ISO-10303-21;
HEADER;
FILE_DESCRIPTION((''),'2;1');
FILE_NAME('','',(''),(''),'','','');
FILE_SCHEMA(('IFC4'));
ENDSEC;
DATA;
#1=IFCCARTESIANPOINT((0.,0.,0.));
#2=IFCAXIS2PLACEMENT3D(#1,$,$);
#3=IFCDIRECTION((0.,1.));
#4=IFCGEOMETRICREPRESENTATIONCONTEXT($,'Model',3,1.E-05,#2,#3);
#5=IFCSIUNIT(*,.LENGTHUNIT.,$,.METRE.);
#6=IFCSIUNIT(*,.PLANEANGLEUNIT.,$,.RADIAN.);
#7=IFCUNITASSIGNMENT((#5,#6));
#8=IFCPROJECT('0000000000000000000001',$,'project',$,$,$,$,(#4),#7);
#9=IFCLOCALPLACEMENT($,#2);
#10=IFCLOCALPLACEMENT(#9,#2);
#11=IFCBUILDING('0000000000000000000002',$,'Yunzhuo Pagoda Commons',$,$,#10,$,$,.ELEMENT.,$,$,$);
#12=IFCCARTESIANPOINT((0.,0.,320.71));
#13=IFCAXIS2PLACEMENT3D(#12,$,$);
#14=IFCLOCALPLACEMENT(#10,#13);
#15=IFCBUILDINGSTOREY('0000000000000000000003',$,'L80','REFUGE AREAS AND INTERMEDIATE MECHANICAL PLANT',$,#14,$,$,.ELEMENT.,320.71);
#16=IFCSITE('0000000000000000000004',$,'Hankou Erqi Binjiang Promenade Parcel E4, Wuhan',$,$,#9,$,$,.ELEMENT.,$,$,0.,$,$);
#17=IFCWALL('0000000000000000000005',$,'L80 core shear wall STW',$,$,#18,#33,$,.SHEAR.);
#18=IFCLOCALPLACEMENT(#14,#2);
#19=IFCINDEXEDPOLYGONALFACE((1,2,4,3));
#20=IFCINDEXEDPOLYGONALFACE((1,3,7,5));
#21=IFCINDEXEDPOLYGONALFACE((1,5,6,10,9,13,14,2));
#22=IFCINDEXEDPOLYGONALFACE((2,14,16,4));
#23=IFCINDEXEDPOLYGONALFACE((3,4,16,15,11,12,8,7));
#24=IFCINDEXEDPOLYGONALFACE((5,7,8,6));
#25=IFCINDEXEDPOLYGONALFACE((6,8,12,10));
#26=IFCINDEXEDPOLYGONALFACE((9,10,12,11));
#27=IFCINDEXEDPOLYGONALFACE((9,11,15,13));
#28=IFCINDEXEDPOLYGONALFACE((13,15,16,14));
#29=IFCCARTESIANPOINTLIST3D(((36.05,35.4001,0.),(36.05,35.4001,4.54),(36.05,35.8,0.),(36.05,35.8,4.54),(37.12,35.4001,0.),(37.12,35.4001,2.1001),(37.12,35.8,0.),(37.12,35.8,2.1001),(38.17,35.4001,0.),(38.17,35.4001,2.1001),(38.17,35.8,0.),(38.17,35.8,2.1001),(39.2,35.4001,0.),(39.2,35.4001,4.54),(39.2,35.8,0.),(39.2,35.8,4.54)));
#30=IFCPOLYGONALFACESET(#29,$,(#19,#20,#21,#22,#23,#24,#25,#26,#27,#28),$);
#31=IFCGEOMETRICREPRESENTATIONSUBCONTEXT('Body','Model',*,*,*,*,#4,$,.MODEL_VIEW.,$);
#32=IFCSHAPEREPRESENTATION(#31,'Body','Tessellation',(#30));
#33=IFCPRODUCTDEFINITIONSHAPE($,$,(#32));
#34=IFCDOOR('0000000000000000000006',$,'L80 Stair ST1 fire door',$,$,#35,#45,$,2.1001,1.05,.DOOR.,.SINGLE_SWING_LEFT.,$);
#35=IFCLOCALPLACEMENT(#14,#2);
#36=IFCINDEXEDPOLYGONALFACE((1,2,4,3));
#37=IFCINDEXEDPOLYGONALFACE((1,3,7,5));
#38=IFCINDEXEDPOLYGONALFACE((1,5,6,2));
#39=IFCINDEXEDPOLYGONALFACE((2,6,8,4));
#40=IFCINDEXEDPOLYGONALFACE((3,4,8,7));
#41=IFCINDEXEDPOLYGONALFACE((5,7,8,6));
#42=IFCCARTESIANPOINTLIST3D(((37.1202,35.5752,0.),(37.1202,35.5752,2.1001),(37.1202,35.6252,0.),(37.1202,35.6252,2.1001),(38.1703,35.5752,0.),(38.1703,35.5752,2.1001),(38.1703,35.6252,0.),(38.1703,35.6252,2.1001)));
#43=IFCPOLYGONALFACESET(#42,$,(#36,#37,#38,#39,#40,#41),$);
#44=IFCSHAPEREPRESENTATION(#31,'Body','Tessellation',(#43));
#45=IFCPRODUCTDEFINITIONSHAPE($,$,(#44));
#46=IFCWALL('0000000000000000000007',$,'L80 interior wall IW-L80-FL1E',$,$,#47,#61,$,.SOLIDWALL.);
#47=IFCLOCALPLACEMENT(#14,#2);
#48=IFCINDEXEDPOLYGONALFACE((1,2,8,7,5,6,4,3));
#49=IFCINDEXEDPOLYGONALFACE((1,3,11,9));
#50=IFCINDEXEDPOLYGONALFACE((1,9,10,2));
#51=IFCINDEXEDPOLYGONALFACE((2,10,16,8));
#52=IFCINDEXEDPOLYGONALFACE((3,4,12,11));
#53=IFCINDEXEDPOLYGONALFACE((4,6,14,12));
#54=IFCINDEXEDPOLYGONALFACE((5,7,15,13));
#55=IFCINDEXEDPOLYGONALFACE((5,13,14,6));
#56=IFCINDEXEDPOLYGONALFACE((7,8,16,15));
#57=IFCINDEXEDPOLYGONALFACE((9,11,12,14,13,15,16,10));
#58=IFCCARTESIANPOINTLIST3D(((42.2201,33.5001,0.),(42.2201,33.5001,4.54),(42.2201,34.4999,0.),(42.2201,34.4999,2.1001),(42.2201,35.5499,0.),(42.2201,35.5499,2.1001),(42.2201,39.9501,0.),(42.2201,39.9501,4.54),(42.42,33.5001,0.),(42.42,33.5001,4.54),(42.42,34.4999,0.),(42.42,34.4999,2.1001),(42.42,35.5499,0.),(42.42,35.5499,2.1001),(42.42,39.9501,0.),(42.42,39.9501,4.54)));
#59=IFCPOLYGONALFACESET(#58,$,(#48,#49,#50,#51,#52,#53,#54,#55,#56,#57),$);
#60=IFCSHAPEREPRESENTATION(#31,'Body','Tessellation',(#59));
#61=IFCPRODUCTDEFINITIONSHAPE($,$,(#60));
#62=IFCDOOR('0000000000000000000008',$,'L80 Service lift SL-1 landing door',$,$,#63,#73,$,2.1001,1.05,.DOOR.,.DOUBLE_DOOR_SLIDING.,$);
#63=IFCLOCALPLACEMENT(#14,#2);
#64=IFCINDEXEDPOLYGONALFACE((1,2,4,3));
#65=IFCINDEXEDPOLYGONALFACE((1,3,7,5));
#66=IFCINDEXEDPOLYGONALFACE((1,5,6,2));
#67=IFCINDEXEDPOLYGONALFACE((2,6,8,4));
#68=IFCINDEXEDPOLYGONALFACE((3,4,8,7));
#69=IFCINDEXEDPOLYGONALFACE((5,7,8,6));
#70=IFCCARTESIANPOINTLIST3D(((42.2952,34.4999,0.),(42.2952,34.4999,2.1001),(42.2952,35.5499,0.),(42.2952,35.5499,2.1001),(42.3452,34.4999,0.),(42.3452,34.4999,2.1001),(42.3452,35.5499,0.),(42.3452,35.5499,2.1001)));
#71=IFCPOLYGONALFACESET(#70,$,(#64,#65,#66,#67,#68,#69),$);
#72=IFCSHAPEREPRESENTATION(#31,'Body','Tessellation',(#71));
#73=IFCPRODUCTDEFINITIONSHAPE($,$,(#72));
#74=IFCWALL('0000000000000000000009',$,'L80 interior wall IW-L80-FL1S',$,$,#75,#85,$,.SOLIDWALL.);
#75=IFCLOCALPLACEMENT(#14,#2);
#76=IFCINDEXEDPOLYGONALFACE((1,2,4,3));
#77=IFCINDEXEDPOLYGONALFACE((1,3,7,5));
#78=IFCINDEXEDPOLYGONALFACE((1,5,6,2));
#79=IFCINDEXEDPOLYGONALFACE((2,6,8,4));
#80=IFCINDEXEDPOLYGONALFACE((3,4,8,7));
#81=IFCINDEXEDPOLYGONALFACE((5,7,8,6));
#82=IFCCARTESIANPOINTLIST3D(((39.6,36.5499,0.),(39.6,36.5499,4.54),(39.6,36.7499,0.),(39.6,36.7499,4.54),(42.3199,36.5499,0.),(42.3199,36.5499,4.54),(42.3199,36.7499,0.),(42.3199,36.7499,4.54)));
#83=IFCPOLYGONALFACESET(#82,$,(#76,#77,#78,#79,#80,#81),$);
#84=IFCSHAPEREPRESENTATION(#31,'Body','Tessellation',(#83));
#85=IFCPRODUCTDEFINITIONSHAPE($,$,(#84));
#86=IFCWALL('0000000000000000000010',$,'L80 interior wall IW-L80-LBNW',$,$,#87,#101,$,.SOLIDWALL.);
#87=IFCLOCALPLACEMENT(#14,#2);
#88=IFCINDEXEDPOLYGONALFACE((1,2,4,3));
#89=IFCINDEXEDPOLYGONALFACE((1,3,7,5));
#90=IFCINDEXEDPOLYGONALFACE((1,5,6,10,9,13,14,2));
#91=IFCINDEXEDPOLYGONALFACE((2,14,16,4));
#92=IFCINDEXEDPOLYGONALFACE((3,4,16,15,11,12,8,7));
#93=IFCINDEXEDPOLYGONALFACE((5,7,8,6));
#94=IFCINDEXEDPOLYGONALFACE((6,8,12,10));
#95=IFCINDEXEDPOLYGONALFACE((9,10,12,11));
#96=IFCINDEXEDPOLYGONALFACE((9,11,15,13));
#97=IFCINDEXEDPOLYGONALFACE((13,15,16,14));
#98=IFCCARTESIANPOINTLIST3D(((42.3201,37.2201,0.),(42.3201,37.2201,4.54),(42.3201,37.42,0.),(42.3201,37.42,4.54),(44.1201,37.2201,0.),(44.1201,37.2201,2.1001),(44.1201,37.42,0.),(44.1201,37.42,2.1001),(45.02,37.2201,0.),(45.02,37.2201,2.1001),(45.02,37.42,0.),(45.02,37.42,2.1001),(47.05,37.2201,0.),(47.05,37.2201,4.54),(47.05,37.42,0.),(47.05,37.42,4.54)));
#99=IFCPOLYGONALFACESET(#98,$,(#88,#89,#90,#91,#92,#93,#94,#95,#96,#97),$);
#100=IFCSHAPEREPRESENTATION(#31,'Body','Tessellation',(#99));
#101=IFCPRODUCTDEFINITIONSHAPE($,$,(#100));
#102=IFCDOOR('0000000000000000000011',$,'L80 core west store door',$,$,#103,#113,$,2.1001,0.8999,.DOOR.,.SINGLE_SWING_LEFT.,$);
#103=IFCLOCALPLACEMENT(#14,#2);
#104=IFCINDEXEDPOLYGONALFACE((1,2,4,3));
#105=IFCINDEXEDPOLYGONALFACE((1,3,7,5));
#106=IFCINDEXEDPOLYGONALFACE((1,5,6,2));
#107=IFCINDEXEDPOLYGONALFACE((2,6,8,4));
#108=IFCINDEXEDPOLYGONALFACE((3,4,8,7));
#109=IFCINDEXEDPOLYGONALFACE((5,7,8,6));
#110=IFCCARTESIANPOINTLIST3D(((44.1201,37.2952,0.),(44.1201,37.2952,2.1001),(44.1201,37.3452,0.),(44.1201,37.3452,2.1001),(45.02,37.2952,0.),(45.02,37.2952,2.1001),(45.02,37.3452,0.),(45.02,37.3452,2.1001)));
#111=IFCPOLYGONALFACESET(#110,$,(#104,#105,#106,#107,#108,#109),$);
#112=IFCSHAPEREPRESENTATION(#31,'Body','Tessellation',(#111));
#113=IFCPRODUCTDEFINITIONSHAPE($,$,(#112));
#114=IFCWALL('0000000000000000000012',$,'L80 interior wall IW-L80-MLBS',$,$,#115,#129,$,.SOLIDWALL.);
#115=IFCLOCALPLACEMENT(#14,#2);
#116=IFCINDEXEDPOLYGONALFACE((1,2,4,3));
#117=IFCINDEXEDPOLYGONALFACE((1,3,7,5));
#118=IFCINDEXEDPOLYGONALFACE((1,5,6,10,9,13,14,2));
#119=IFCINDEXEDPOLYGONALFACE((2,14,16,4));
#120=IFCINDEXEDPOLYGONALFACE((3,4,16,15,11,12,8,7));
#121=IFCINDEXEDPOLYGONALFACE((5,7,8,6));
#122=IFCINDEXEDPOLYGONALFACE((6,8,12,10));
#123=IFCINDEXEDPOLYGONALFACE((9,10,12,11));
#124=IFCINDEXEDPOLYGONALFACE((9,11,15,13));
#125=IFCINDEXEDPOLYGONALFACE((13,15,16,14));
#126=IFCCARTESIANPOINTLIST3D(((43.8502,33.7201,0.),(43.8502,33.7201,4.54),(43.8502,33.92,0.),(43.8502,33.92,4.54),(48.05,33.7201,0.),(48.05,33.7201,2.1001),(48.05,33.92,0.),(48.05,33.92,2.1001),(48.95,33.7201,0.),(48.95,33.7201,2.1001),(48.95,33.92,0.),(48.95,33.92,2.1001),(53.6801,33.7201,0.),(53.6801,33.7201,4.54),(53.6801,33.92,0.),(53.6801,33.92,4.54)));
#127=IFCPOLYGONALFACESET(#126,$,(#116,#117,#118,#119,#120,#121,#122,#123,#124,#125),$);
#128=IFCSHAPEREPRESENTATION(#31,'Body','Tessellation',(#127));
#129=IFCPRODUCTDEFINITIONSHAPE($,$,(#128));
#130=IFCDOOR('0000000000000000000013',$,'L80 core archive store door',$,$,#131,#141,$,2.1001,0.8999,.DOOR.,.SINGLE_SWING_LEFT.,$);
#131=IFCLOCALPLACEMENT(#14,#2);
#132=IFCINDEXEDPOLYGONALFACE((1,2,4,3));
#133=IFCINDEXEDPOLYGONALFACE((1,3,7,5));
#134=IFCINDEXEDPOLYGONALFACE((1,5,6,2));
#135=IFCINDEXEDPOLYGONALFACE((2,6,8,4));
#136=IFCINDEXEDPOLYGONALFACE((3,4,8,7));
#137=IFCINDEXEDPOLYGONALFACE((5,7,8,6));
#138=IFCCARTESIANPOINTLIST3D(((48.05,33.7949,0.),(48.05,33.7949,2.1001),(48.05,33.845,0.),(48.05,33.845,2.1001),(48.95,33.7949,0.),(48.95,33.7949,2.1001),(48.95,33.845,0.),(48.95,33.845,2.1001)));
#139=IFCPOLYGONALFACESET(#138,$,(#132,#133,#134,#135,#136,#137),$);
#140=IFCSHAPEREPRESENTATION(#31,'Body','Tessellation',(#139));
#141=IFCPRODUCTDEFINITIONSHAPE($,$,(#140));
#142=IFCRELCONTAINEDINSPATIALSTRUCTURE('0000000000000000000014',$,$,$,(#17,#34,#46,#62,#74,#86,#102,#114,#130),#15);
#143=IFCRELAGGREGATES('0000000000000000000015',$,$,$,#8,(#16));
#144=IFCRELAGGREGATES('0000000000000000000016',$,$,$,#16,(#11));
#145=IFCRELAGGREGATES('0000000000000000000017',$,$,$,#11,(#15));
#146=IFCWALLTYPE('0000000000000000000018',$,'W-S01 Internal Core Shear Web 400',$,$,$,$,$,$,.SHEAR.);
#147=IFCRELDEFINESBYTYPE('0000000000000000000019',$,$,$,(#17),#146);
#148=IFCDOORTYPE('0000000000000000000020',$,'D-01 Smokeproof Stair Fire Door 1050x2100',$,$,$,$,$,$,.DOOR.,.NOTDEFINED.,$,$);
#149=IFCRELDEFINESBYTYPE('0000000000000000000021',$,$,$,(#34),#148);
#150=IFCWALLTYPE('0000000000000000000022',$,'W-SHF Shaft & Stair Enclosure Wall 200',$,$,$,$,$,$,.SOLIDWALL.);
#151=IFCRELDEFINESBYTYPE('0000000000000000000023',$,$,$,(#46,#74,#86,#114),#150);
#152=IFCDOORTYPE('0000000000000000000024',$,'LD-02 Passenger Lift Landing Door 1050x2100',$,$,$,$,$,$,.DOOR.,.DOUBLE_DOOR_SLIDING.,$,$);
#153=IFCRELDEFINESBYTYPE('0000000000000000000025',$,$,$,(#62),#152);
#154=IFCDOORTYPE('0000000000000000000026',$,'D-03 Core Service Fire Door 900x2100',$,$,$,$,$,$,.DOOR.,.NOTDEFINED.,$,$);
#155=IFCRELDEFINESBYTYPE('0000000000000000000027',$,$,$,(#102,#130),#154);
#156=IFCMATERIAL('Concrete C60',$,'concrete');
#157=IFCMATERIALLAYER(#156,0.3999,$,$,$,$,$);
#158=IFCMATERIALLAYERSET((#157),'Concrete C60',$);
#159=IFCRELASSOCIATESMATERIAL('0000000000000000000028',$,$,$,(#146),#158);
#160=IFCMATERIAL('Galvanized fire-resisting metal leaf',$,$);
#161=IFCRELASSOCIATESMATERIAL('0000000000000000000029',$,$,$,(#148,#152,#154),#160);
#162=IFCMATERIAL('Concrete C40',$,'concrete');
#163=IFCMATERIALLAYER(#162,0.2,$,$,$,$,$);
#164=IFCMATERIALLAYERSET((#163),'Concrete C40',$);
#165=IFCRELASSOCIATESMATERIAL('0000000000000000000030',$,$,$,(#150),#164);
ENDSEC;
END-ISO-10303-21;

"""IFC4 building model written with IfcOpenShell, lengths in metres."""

from ifc_helpers import new_model, si_unit, direction, frame, frame_2d, origin, origin_with_axes, place, context, subcontext, project, spatial, rectangle, extrude, source, transform, mapped, material, layer, layer_set, type_object, element, fill, save


model = new_model("IFC4")

# Units and contexts
model_context = context("Model", 3, precision=1e-05, world=origin(), true_north=direction((0.0, 1.0)))
body_context = subcontext(model_context, "Body", "Model", "MODEL_VIEW")
ifc_project = project(units=[si_unit("LENGTHUNIT", "METRE"), si_unit("PLANEANGLEUNIT", "RADIAN")], contexts=[model_context])

# Site, building, storey
site_placement = place(None, origin())
site = spatial("IfcSite", under=ifc_project, at=site_placement, Name="Hankou Erqi Binjiang Promenade Parcel E4, Wuhan", CompositionType="ELEMENT", RefElevation=0.0)
building_placement = place(site_placement, origin())
building = spatial("IfcBuilding", under=site, at=building_placement, Name="Yunzhuo Pagoda Commons", CompositionType="ELEMENT")
storey_placement = place(building_placement, frame((0.0, 0.0, 320.71)))
storey = spatial("IfcBuildingStorey", under=building, at=storey_placement, Name="L80", Description="REFUGE AREAS AND INTERMEDIATE MECHANICAL PLANT", CompositionType="ELEMENT", Elevation=320.71)

# Shared definitions
ifc_material_1 = material(Name="Galvanized fire-resisting metal leaf")
shared_shape_1 = source(origin(), body_context, "Body", "SweptSolid", [
    extrude(rectangle(XDim=1.05, YDim=2.1001, at=frame_2d((0.5249, 1.05))), frame((0.0, 0.0249, 0.0), z_axis=(0.0, -1.0, 0.0), x_axis=(1.0, 0.0, 0.0)), (0.0, 0.0, 1.0), 0.05),
])

# Walls, openings, doors
ifc_material_2 = material(Name="Concrete C60", Category="concrete")
ifc_layer_1 = layer(ifc_material_2, 0.3999)
ifc_layer_set_1 = layer_set([ifc_layer_1], Name="Concrete C60")
wall_type_1 = type_object("IfcWallType", Name="W-S01 Internal Core Shear Web 400", PredefinedType="SHEAR", material=ifc_layer_set_1)
wall_1_placement = place(storey_placement, frame((36.05, 35.6001, 0.0), z_axis=(0.0, 0.0, 1.0), x_axis=(1.0, 0.0, 0.0)))
wall_1 = element("IfcWall", 1, at=wall_1_placement, inside=storey, type_object=wall_type_1, Name="L80 core shear wall STW", PredefinedType="SHEAR", context=body_context, shape_type="SweptSolid", body=[
    extrude(rectangle(XDim=3.1499, YDim=0.3999, at=frame_2d((1.575, 0.0))), origin(), (0.0, 0.0, 1.0), 4.54),
])
opening_1_placement = place(wall_1_placement, frame((1.0701, 0.0, 0.0)))
opening_1 = element("IfcOpeningElement", 2, at=opening_1_placement, cuts=wall_1, PredefinedType="OPENING", context=body_context, shape_type="SweptSolid", body=[
    extrude(rectangle(XDim=1.05, YDim=2.1001, at=frame_2d((0.5249, 1.05))), frame((0.0, 0.21, 0.0), z_axis=(0.0, -1.0, 0.0), x_axis=(1.0, 0.0, 0.0)), (0.0, 0.0, 1.0), 0.4199),
])
door_type_1 = type_object("IfcDoorType", Name="D-01 Smokeproof Stair Fire Door 1050x2100", OperationType="NOTDEFINED", PredefinedType="DOOR", material=ifc_material_1)
door_1_placement = place(opening_1_placement, frame((1.05, 0.0, 0.0), z_axis=(0.0, 0.0, 1.0), x_axis=(-1.0, 0.0, 0.0)))
door_1 = element("IfcDoor", 3, at=door_1_placement, inside=storey, type_object=door_type_1, Name="L80 Stair ST1 fire door", OperationType="SINGLE_SWING_LEFT", OverallHeight=2.1001, OverallWidth=1.05, PredefinedType="DOOR", context=body_context, shape_type="MappedRepresentation", body=[
    mapped(shared_shape_1, transform((0.0, 0.0, 0.0), scale=1.0)),
])
fill(opening_1, door_1)
ifc_material_3 = material(Name="Concrete C40", Category="concrete")
ifc_layer_2 = layer(ifc_material_3, 0.2)
ifc_layer_set_2 = layer_set([ifc_layer_2], Name="Concrete C40")
wall_type_2 = type_object("IfcWallType", Name="W-SHF Shaft & Stair Enclosure Wall 200", PredefinedType="SOLIDWALL", material=ifc_layer_set_2)
wall_2_placement = place(storey_placement, frame((42.3201, 33.5, 0.0), z_axis=(0.0, 0.0, 1.0), x_axis=(0.0, 1.0, 0.0)))
wall_2 = element("IfcWall", 4, at=wall_2_placement, inside=storey, type_object=wall_type_2, Name="L80 interior wall IW-L80-FL1E", PredefinedType="SOLIDWALL", context=body_context, shape_type="SweptSolid", body=[
    extrude(rectangle(XDim=6.45, YDim=0.2, at=frame_2d((3.2251, 0.0))), origin(), (0.0, 0.0, 1.0), 4.54),
])
opening_2_placement = place(wall_2_placement, frame((1.0, 0.0, 0.0)))
opening_2 = element("IfcOpeningElement", 5, at=opening_2_placement, cuts=wall_2, PredefinedType="OPENING", context=body_context, shape_type="SweptSolid", body=[
    extrude(rectangle(XDim=1.05, YDim=2.1001, at=frame_2d((0.5249, 1.05))), frame((0.0, 0.1099, 0.0), z_axis=(0.0, -1.0, 0.0), x_axis=(1.0, 0.0, 0.0)), (0.0, 0.0, 1.0), 0.22),
])
door_type_2 = type_object("IfcDoorType", Name="LD-02 Passenger Lift Landing Door 1050x2100", OperationType="DOUBLE_DOOR_SLIDING", PredefinedType="DOOR", material=ifc_material_1)
door_2_placement = place(opening_2_placement, origin_with_axes())
door_2 = element("IfcDoor", 6, at=door_2_placement, inside=storey, type_object=door_type_2, Name="L80 Service lift SL-1 landing door", OperationType="DOUBLE_DOOR_SLIDING", OverallHeight=2.1001, OverallWidth=1.05, PredefinedType="DOOR", context=body_context, shape_type="MappedRepresentation", body=[
    mapped(shared_shape_1, transform((0.0, 0.0, 0.0), scale=1.0)),
])
fill(opening_2, door_2)

# Wall
wall_3_placement = place(storey_placement, frame((39.6001, 36.6499, 0.0), z_axis=(0.0, 0.0, 1.0), x_axis=(1.0, 0.0, 0.0)))
element("IfcWall", 7, at=wall_3_placement, inside=storey, type_object=wall_type_2, Name="L80 interior wall IW-L80-FL1S", PredefinedType="SOLIDWALL", context=body_context, shape_type="SweptSolid", body=[
    extrude(rectangle(XDim=2.72, YDim=0.2, at=frame_2d((1.3599, 0.0))), origin(), (0.0, 0.0, 1.0), 4.54),
])

# Walls, openings, doors
wall_4_placement = place(storey_placement, frame((42.3201, 37.3201, 0.0), z_axis=(0.0, 0.0, 1.0), x_axis=(1.0, 0.0, 0.0)))
wall_4 = element("IfcWall", 8, at=wall_4_placement, inside=storey, type_object=wall_type_2, Name="L80 interior wall IW-L80-LBNW", PredefinedType="SOLIDWALL", context=body_context, shape_type="SweptSolid", body=[
    extrude(rectangle(XDim=4.73, YDim=0.2, at=frame_2d((2.365, 0.0))), origin(), (0.0, 0.0, 1.0), 4.54),
])
opening_3_placement = place(wall_4_placement, frame((1.8, 0.0, 0.0)))
opening_3 = element("IfcOpeningElement", 9, at=opening_3_placement, cuts=wall_4, PredefinedType="OPENING", context=body_context, shape_type="SweptSolid", body=[
    extrude(rectangle(XDim=0.8999, YDim=2.1001, at=frame_2d((0.45, 1.05))), frame((0.0, 0.1099, 0.0), z_axis=(0.0, -1.0, 0.0), x_axis=(1.0, 0.0, 0.0)), (0.0, 0.0, 1.0), 0.22),
])
door_type_3 = type_object("IfcDoorType", Name="D-03 Core Service Fire Door 900x2100", OperationType="NOTDEFINED", PredefinedType="DOOR", material=ifc_material_1)
shared_shape_2 = source(origin(), body_context, "Body", "SweptSolid", [
    extrude(rectangle(XDim=0.8999, YDim=2.1001, at=frame_2d((0.45, 1.05))), frame((0.0, 0.0249, 0.0), z_axis=(0.0, -1.0, 0.0), x_axis=(1.0, 0.0, 0.0)), (0.0, 0.0, 1.0), 0.05),
])
door_3_placement = place(opening_3_placement, frame((0.8999, 0.0, 0.0), z_axis=(0.0, 0.0, 1.0), x_axis=(-1.0, 0.0, 0.0)))
door_3 = element("IfcDoor", 10, at=door_3_placement, inside=storey, type_object=door_type_3, Name="L80 core west store door", OperationType="SINGLE_SWING_LEFT", OverallHeight=2.1001, OverallWidth=0.8999, PredefinedType="DOOR", context=body_context, shape_type="MappedRepresentation", body=[
    mapped(shared_shape_2, transform((0.0, 0.0, 0.0), scale=1.0)),
])
fill(opening_3, door_3)
wall_5_placement = place(storey_placement, frame((43.8501, 33.8201, 0.0), z_axis=(0.0, 0.0, 1.0), x_axis=(1.0, 0.0, 0.0)))
wall_5 = element("IfcWall", 11, at=wall_5_placement, inside=storey, type_object=wall_type_2, Name="L80 interior wall IW-L80-MLBS", PredefinedType="SOLIDWALL", context=body_context, shape_type="SweptSolid", body=[
    extrude(rectangle(XDim=9.8298, YDim=0.2, at=frame_2d((4.915, 0.0))), origin(), (0.0, 0.0, 1.0), 4.54),
])
opening_4_placement = place(wall_5_placement, frame((4.2, 0.0, 0.0)))
opening_4 = element("IfcOpeningElement", 12, at=opening_4_placement, cuts=wall_5, PredefinedType="OPENING", context=body_context, shape_type="SweptSolid", body=[
    extrude(rectangle(XDim=0.8999, YDim=2.1001, at=frame_2d((0.45, 1.05))), frame((0.0, 0.1099, 0.0), z_axis=(0.0, -1.0, 0.0), x_axis=(1.0, 0.0, 0.0)), (0.0, 0.0, 1.0), 0.22),
])
door_4_placement = place(opening_4_placement, origin_with_axes())
door_4 = element("IfcDoor", 13, at=door_4_placement, inside=storey, type_object=door_type_3, Name="L80 core archive store door", OperationType="SINGLE_SWING_LEFT", OverallHeight=2.1001, OverallWidth=0.8999, PredefinedType="DOOR", context=body_context, shape_type="MappedRepresentation", body=[
    mapped(shared_shape_2, transform((0.0, 0.0, 0.0), scale=1.0)),
])
fill(opening_4, door_4)

save(model, "model.ifc")
